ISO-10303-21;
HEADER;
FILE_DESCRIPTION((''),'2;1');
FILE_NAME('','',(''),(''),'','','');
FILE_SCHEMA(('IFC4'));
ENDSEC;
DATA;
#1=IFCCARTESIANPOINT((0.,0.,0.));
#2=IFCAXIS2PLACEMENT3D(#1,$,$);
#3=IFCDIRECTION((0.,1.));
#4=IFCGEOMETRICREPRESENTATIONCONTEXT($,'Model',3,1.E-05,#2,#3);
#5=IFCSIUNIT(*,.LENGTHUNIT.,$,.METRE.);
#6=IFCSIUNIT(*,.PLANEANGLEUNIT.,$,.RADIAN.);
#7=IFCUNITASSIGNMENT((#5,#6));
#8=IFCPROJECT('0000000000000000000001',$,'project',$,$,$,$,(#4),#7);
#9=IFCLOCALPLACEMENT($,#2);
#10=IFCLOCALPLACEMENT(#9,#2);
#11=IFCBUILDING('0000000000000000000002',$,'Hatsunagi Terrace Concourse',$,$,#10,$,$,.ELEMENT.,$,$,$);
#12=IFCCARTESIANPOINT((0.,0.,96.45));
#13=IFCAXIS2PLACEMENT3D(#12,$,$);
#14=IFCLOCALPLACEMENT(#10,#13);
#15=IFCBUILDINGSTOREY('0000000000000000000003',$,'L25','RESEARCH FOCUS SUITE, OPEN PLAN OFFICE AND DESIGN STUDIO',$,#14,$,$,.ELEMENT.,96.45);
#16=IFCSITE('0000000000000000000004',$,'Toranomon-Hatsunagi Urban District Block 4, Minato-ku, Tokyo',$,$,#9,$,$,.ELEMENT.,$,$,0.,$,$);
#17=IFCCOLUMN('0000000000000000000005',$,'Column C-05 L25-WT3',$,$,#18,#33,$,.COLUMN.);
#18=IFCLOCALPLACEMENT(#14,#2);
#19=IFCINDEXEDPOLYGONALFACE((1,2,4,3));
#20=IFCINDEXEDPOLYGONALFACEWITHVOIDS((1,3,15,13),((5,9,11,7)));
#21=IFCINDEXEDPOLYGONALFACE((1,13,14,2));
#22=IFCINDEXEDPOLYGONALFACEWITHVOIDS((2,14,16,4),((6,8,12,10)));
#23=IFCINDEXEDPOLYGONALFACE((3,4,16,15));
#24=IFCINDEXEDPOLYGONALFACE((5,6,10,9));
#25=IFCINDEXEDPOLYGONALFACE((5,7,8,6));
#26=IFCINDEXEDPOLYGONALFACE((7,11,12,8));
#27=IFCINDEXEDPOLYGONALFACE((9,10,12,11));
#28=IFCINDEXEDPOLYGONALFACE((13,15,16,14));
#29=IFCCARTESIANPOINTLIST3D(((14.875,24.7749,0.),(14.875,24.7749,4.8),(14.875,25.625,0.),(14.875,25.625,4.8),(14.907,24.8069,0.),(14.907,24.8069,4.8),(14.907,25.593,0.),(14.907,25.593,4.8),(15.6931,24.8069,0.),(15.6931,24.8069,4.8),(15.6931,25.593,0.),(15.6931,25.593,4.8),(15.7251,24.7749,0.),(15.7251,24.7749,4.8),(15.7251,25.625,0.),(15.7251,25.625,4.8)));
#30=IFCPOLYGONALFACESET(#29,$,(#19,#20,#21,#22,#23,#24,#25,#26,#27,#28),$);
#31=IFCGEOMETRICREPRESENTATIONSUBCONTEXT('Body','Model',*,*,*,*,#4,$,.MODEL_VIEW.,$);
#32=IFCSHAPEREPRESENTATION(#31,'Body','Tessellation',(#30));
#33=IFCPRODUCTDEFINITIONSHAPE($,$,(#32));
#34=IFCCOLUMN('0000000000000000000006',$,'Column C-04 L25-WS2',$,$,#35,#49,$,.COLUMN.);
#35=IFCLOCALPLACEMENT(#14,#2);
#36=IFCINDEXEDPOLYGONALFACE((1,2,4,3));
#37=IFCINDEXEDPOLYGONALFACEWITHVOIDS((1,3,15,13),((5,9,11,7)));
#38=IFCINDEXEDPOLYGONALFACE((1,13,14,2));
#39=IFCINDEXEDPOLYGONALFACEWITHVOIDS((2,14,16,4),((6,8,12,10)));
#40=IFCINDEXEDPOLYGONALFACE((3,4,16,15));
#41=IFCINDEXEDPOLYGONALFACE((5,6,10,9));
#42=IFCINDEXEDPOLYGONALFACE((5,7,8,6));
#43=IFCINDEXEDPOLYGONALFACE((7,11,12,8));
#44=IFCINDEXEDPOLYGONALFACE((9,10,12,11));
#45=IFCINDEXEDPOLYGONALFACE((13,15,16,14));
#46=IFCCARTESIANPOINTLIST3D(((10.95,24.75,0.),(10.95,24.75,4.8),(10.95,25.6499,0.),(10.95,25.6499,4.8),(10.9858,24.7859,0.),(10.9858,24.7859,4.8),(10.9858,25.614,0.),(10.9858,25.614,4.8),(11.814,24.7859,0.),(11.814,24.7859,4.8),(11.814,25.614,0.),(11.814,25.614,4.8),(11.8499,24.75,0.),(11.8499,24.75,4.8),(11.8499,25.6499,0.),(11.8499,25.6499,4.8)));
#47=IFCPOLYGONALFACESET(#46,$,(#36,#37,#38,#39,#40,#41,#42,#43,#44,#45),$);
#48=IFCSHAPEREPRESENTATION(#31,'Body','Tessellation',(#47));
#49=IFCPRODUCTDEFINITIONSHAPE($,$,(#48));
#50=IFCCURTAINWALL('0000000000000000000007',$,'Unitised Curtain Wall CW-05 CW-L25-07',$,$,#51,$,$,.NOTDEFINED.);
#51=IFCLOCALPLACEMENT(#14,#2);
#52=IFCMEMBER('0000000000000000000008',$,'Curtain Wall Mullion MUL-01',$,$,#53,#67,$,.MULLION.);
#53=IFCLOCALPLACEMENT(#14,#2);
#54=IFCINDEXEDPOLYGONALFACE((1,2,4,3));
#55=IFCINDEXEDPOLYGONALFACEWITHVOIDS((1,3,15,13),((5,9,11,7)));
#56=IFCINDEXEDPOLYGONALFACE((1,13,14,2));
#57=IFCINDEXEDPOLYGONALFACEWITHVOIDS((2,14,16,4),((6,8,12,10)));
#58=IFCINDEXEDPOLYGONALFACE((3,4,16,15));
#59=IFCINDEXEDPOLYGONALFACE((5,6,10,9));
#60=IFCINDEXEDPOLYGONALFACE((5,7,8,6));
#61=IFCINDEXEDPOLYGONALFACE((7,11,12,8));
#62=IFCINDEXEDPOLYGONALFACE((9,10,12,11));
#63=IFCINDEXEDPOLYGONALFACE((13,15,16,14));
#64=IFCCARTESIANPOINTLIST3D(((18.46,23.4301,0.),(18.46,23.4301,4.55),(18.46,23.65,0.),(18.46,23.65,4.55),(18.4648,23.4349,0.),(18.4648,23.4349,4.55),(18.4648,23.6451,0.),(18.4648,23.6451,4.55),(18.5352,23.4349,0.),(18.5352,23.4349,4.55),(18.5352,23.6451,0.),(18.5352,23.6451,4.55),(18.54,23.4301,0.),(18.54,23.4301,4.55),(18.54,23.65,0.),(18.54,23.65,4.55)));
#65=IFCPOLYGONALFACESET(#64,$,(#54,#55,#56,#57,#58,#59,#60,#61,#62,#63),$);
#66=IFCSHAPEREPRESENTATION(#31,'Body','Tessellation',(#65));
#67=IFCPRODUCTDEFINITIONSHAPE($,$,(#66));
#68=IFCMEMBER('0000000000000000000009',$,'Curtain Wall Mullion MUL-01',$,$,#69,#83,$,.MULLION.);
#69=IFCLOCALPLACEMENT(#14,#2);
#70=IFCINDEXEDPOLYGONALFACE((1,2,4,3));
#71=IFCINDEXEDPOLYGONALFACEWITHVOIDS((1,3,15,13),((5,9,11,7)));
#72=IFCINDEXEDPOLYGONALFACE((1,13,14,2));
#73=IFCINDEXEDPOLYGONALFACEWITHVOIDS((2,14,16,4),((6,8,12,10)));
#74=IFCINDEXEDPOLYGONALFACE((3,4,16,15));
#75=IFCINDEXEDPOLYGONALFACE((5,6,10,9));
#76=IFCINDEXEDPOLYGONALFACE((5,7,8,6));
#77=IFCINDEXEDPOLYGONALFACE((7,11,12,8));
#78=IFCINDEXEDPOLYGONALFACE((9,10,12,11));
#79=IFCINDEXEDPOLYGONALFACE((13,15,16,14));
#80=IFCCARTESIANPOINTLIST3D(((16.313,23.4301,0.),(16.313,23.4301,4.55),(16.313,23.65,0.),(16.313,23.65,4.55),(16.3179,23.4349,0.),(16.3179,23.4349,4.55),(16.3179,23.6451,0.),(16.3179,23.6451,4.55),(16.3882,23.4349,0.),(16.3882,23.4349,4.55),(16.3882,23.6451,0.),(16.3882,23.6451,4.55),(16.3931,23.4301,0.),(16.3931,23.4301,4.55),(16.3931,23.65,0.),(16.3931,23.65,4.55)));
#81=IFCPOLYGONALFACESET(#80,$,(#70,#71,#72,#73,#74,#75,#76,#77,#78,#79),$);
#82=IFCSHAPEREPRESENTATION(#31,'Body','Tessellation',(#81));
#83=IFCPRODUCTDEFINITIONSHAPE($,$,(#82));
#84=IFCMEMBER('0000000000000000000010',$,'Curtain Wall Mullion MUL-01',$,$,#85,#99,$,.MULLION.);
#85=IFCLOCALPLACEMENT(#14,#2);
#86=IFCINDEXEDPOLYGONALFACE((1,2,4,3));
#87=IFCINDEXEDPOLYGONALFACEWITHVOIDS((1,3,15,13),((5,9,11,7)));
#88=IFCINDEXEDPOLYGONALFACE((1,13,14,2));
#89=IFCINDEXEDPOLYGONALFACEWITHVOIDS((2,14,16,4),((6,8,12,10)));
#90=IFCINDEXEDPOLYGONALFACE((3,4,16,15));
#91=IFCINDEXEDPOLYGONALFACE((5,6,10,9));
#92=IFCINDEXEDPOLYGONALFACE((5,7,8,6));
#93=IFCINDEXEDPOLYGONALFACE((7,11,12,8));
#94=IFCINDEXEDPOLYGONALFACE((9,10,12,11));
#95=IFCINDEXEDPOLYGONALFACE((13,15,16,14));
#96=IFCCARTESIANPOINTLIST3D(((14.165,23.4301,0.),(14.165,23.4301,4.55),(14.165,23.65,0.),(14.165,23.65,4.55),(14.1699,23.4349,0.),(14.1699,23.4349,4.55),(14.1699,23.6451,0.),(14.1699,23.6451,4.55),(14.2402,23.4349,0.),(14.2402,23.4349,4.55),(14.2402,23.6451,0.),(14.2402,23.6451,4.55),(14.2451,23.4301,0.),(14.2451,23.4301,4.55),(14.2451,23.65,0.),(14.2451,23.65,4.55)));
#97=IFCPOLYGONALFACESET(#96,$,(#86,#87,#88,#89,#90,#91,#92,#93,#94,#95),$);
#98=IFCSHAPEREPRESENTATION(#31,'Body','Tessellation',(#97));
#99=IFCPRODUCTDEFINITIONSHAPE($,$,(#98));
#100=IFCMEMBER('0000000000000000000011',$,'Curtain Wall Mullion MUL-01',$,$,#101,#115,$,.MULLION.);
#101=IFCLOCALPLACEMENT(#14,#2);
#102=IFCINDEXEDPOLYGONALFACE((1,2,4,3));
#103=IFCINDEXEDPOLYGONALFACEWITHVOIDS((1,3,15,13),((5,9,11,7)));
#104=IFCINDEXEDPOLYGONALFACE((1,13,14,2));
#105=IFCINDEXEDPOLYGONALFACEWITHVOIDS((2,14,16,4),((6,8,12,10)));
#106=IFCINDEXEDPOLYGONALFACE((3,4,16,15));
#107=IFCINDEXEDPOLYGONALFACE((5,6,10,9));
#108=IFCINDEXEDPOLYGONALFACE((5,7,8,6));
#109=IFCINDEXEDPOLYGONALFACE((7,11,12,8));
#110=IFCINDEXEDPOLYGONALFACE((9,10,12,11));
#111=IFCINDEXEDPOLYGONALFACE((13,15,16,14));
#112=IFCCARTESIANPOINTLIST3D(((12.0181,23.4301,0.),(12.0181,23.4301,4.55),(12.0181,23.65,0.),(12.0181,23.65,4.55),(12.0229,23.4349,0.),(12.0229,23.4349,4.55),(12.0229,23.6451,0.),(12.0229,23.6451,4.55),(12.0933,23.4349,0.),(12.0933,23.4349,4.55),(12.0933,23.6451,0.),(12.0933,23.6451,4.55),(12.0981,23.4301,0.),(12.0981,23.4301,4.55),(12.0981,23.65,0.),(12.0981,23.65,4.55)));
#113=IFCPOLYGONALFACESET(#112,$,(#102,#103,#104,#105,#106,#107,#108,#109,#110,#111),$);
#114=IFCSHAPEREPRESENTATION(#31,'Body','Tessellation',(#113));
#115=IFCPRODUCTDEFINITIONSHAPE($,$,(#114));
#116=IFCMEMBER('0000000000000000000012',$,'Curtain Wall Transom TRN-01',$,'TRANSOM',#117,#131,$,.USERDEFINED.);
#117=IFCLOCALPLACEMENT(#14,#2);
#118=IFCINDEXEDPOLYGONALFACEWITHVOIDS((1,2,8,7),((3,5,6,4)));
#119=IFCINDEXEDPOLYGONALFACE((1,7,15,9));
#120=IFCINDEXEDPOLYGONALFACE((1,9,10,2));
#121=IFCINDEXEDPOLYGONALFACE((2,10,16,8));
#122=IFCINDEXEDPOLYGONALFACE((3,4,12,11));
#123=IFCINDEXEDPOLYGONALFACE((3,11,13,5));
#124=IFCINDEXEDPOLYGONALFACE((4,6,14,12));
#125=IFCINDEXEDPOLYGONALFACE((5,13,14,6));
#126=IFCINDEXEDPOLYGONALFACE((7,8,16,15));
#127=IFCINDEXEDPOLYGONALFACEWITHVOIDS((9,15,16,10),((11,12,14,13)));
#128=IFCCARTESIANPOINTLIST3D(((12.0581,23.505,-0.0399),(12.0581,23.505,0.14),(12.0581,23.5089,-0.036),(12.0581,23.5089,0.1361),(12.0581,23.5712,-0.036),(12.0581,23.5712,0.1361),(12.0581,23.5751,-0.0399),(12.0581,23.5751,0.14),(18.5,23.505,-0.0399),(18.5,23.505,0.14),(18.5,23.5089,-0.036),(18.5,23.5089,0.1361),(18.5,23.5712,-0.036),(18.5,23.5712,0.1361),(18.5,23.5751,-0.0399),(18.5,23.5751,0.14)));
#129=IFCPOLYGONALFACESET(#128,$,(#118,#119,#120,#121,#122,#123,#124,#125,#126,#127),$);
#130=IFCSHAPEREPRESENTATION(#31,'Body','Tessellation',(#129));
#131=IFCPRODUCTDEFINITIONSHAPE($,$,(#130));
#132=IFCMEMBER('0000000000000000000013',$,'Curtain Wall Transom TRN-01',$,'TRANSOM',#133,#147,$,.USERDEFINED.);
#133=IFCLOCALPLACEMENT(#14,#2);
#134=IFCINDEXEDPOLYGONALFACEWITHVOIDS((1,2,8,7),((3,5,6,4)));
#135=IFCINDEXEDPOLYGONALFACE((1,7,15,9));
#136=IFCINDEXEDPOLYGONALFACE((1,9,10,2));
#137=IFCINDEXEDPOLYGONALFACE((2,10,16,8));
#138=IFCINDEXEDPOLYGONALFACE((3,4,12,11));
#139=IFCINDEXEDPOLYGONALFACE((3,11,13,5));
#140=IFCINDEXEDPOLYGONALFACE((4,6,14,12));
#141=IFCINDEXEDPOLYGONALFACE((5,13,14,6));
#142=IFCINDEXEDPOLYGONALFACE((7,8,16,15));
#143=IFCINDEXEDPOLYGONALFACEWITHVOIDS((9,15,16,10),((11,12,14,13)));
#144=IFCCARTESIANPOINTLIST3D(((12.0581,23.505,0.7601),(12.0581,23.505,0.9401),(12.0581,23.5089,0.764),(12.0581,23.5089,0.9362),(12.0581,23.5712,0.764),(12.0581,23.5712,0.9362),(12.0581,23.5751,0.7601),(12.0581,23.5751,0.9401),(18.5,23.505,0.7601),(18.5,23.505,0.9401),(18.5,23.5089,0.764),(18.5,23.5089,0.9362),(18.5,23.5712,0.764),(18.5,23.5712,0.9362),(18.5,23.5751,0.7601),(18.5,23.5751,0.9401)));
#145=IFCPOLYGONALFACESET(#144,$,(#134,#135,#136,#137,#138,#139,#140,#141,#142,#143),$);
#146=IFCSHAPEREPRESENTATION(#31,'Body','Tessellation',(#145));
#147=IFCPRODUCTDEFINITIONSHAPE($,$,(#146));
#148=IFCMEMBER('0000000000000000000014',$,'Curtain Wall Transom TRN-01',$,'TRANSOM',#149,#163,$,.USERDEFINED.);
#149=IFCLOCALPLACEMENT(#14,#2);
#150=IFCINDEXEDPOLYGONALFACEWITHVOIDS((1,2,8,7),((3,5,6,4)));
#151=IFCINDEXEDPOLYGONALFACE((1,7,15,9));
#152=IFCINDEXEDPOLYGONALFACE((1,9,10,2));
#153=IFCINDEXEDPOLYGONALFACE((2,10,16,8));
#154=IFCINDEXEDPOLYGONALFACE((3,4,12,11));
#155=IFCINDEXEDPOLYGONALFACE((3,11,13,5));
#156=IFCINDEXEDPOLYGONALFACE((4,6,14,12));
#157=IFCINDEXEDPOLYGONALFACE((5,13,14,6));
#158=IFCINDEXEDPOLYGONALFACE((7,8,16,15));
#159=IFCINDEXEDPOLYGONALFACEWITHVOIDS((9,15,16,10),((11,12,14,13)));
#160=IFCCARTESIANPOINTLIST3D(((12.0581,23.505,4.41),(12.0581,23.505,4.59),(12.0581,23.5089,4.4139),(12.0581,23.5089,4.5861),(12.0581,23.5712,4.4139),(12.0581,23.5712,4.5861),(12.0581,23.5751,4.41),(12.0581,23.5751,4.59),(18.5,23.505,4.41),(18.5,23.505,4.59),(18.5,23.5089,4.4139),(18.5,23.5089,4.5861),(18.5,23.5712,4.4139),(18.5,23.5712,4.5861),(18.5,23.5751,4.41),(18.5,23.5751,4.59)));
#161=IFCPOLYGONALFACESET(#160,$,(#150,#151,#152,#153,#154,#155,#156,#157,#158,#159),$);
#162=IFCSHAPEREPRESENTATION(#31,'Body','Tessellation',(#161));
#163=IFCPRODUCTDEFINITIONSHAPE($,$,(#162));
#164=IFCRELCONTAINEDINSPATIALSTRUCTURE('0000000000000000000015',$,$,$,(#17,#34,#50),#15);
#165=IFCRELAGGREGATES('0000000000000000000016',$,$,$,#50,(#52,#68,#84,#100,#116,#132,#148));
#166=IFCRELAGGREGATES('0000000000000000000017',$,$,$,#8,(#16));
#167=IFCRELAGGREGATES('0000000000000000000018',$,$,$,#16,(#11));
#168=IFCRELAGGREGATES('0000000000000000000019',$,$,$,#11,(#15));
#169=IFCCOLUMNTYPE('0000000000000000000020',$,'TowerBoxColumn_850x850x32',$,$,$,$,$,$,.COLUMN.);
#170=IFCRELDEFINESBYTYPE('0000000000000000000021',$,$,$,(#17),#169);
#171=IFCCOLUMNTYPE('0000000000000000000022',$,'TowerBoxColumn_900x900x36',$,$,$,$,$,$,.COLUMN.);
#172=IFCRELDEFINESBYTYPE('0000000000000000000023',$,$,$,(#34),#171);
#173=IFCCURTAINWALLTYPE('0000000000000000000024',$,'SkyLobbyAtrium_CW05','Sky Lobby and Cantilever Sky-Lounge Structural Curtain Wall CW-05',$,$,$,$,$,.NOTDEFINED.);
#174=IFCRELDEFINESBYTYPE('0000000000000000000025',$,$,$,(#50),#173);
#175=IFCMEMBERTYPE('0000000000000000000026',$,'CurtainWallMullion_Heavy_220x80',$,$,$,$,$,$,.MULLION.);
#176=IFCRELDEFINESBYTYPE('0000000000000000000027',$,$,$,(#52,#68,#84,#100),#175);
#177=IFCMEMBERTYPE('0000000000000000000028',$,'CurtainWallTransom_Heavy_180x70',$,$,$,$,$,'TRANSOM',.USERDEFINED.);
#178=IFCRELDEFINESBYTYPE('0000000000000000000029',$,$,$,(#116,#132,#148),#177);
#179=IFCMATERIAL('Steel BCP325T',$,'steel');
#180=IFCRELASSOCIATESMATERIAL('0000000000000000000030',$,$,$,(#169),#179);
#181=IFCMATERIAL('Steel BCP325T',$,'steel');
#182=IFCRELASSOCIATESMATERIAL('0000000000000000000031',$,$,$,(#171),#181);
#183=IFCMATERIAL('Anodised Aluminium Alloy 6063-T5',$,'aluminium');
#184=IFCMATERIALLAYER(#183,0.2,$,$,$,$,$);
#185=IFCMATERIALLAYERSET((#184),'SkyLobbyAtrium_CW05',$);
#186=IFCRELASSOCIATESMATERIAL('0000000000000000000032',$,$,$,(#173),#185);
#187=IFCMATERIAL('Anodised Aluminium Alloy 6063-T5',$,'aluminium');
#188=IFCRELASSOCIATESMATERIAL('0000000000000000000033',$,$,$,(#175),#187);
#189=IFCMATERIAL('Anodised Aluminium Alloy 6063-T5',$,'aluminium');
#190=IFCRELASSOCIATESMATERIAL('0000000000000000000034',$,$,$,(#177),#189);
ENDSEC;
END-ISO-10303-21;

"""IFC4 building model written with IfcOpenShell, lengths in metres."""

from ifc_helpers import new_model, si_unit, direction, frame, origin, origin_2d, place, context, subcontext, project, spatial, hollow_rectangle, extrude, material, layer, layer_set, material_profile, profile_set, type_object, element, aggregate, save


model = new_model("IFC4")

# Units and contexts
model_context = context("Model", 3, precision=1e-05, world=origin(), true_north=direction((0.0, 1.0)))
body_context = subcontext(model_context, "Body", "Model", "MODEL_VIEW")
ifc_project = project(units=[si_unit("LENGTHUNIT", "METRE"), si_unit("PLANEANGLEUNIT", "RADIAN")], contexts=[model_context])

# Site, building, storey
site_placement = place(None, origin())
site = spatial("IfcSite", under=ifc_project, at=site_placement, Name="Toranomon-Hatsunagi Urban District Block 4, Minato-ku, Tokyo", CompositionType="ELEMENT", RefElevation=0.0)
building_placement = place(site_placement, origin())
building = spatial("IfcBuilding", under=site, at=building_placement, Name="Hatsunagi Terrace Concourse", CompositionType="ELEMENT")
storey_placement = place(building_placement, frame((0.0, 0.0, 96.45)))
storey = spatial("IfcBuildingStorey", under=building, at=storey_placement, Name="L25", Description="RESEARCH FOCUS SUITE, OPEN PLAN OFFICE AND DESIGN STUDIO", CompositionType="ELEMENT", Elevation=96.45)

# Columns
ifc_material_1 = material(Name="Steel BCP325T", Category="steel")
ifc_material_profile_1 = material_profile(ifc_material_1, hollow_rectangle(XDim=0.8501, YDim=0.8501, WallThickness=0.032, at=origin_2d()), Name="BCP-850x850x32")
ifc_profile_set_1 = profile_set([ifc_material_profile_1], Name="Steel BCP325T")
column_type_1 = type_object("IfcColumnType", Name="TowerBoxColumn_850x850x32", PredefinedType="COLUMN", material=ifc_profile_set_1)
column_1_placement = place(storey_placement, frame((15.3, 25.2, 0.0), z_axis=(0.0, 0.0, 1.0), x_axis=(1.0, 0.0, 0.0)))
element("IfcColumn", 1, at=column_1_placement, inside=storey, type_object=column_type_1, Name="Column C-05 L25-WT3", PredefinedType="COLUMN", context=body_context, shape_type="SweptSolid", body=[
    extrude(hollow_rectangle(XDim=0.8501, YDim=0.8501, WallThickness=0.032, at=origin_2d()), origin(), (0.0, 0.0, 1.0), 4.8),
])
ifc_material_2 = material(Name="Steel BCP325T", Category="steel")
ifc_material_profile_2 = material_profile(ifc_material_2, hollow_rectangle(XDim=0.8999, YDim=0.8999, WallThickness=0.0359, at=origin_2d()), Name="BCP-900x900x36")
ifc_profile_set_2 = profile_set([ifc_material_profile_2], Name="Steel BCP325T")
column_type_2 = type_object("IfcColumnType", Name="TowerBoxColumn_900x900x36", PredefinedType="COLUMN", material=ifc_profile_set_2)
column_2_placement = place(storey_placement, frame((11.3999, 25.2, 0.0), z_axis=(0.0, 0.0, 1.0), x_axis=(1.0, 0.0, 0.0)))
element("IfcColumn", 2, at=column_2_placement, inside=storey, type_object=column_type_2, Name="Column C-04 L25-WS2", PredefinedType="COLUMN", context=body_context, shape_type="SweptSolid", body=[
    extrude(hollow_rectangle(XDim=0.8999, YDim=0.8999, WallThickness=0.0359, at=origin_2d()), origin(), (0.0, 0.0, 1.0), 4.8),
])

# Curtain wall, members
ifc_material_3 = material(Name="Anodised Aluminium Alloy 6063-T5", Category="aluminium")
ifc_layer_1 = layer(ifc_material_3, 0.2)
ifc_layer_set_1 = layer_set([ifc_layer_1], Name="SkyLobbyAtrium_CW05")
curtain_wall_type = type_object("IfcCurtainWallType", Name="SkyLobbyAtrium_CW05", Description="Sky Lobby and Cantilever Sky-Lounge Structural Curtain Wall CW-05", PredefinedType="NOTDEFINED", material=ifc_layer_set_1)
curtain_wall_placement = place(storey_placement, origin())
curtain_wall = element("IfcCurtainWall", 3, at=curtain_wall_placement, inside=storey, type_object=curtain_wall_type, Name="Unitised Curtain Wall CW-05 CW-L25-07", PredefinedType="NOTDEFINED")
ifc_material_4 = material(Name="Anodised Aluminium Alloy 6063-T5", Category="aluminium")
ifc_material_profile_3 = material_profile(ifc_material_4, hollow_rectangle(XDim=0.0801, YDim=0.22, WallThickness=0.0049, at=origin_2d()), Name="ALU-MUL-220x80x5")
ifc_profile_set_3 = profile_set([ifc_material_profile_3], Name="Anodised Aluminium Alloy 6063-T5")
member_type_1 = type_object("IfcMemberType", Name="CurtainWallMullion_Heavy_220x80", PredefinedType="MULLION", material=ifc_profile_set_3)
member_1_placement = place(storey_placement, frame((18.5, 23.54, 0.0), z_axis=(0.0, 0.0, 1.0), x_axis=(-1.0, 0.0, 0.0)))
member_1 = element("IfcMember", 4, at=member_1_placement, type_object=member_type_1, Name="Curtain Wall Mullion MUL-01", PredefinedType="MULLION", context=body_context, shape_type="SweptSolid", body=[
    extrude(hollow_rectangle(XDim=0.0801, YDim=0.22, WallThickness=0.0049, at=origin_2d()), origin(), (0.0, 0.0, 1.0), 4.55),
])
member_2_placement = place(storey_placement, frame((16.353, 23.54, 0.0), z_axis=(0.0, 0.0, 1.0), x_axis=(-1.0, 0.0, 0.0)))
member_2 = element("IfcMember", 5, at=member_2_placement, type_object=member_type_1, Name="Curtain Wall Mullion MUL-01", PredefinedType="MULLION", context=body_context, shape_type="SweptSolid", body=[
    extrude(hollow_rectangle(XDim=0.0801, YDim=0.22, WallThickness=0.0049, at=origin_2d()), origin(), (0.0, 0.0, 1.0), 4.55),
])
member_3_placement = place(storey_placement, frame((14.2051, 23.54, 0.0), z_axis=(0.0, 0.0, 1.0), x_axis=(-1.0, 0.0, 0.0)))
member_3 = element("IfcMember", 6, at=member_3_placement, type_object=member_type_1, Name="Curtain Wall Mullion MUL-01", PredefinedType="MULLION", context=body_context, shape_type="SweptSolid", body=[
    extrude(hollow_rectangle(XDim=0.0801, YDim=0.22, WallThickness=0.0049, at=origin_2d()), origin(), (0.0, 0.0, 1.0), 4.55),
])
member_4_placement = place(storey_placement, frame((12.0581, 23.54, 0.0), z_axis=(0.0, 0.0, 1.0), x_axis=(-1.0, 0.0, 0.0)))
member_4 = element("IfcMember", 7, at=member_4_placement, type_object=member_type_1, Name="Curtain Wall Mullion MUL-01", PredefinedType="MULLION", context=body_context, shape_type="SweptSolid", body=[
    extrude(hollow_rectangle(XDim=0.0801, YDim=0.22, WallThickness=0.0049, at=origin_2d()), origin(), (0.0, 0.0, 1.0), 4.55),
])
ifc_material_5 = material(Name="Anodised Aluminium Alloy 6063-T5", Category="aluminium")
ifc_material_profile_4 = material_profile(ifc_material_5, hollow_rectangle(XDim=0.0701, YDim=0.1799, WallThickness=0.0039, at=origin_2d()), Name="ALU-TRN-180x70x4")
ifc_profile_set_4 = profile_set([ifc_material_profile_4], Name="Anodised Aluminium Alloy 6063-T5")
member_type_2 = type_object("IfcMemberType", Name="CurtainWallTransom_Heavy_180x70", ElementType="TRANSOM", PredefinedType="USERDEFINED", material=ifc_profile_set_4)
member_5_placement = place(storey_placement, frame((18.5, 23.54, 0.05), z_axis=(-1.0, 0.0, 0.0), x_axis=(0.0, -1.0, 0.0)))
member_5 = element("IfcMember", 8, at=member_5_placement, type_object=member_type_2, Name="Curtain Wall Transom TRN-01", ObjectType="TRANSOM", PredefinedType="USERDEFINED", context=body_context, shape_type="SweptSolid", body=[
    extrude(hollow_rectangle(XDim=0.0701, YDim=0.1799, WallThickness=0.0039, at=origin_2d()), origin(), (0.0, 0.0, 1.0), 6.4419),
])
member_6_placement = place(storey_placement, frame((18.5, 23.54, 0.8501), z_axis=(-1.0, 0.0, 0.0), x_axis=(0.0, -1.0, 0.0)))
member_6 = element("IfcMember", 9, at=member_6_placement, type_object=member_type_2, Name="Curtain Wall Transom TRN-01", ObjectType="TRANSOM", PredefinedType="USERDEFINED", context=body_context, shape_type="SweptSolid", body=[
    extrude(hollow_rectangle(XDim=0.0701, YDim=0.1799, WallThickness=0.0039, at=origin_2d()), origin(), (0.0, 0.0, 1.0), 6.4419),
])
member_7_placement = place(storey_placement, frame((18.5, 23.54, 4.5), z_axis=(-1.0, 0.0, 0.0), x_axis=(0.0, -1.0, 0.0)))
member_7 = element("IfcMember", 10, at=member_7_placement, type_object=member_type_2, Name="Curtain Wall Transom TRN-01", ObjectType="TRANSOM", PredefinedType="USERDEFINED", context=body_context, shape_type="SweptSolid", body=[
    extrude(hollow_rectangle(XDim=0.0701, YDim=0.1799, WallThickness=0.0039, at=origin_2d()), origin(), (0.0, 0.0, 1.0), 6.4419),
])

aggregate(curtain_wall, [member_1, member_2, member_3, member_4, member_5, member_6, member_7])

save(model, "model.ifc")
